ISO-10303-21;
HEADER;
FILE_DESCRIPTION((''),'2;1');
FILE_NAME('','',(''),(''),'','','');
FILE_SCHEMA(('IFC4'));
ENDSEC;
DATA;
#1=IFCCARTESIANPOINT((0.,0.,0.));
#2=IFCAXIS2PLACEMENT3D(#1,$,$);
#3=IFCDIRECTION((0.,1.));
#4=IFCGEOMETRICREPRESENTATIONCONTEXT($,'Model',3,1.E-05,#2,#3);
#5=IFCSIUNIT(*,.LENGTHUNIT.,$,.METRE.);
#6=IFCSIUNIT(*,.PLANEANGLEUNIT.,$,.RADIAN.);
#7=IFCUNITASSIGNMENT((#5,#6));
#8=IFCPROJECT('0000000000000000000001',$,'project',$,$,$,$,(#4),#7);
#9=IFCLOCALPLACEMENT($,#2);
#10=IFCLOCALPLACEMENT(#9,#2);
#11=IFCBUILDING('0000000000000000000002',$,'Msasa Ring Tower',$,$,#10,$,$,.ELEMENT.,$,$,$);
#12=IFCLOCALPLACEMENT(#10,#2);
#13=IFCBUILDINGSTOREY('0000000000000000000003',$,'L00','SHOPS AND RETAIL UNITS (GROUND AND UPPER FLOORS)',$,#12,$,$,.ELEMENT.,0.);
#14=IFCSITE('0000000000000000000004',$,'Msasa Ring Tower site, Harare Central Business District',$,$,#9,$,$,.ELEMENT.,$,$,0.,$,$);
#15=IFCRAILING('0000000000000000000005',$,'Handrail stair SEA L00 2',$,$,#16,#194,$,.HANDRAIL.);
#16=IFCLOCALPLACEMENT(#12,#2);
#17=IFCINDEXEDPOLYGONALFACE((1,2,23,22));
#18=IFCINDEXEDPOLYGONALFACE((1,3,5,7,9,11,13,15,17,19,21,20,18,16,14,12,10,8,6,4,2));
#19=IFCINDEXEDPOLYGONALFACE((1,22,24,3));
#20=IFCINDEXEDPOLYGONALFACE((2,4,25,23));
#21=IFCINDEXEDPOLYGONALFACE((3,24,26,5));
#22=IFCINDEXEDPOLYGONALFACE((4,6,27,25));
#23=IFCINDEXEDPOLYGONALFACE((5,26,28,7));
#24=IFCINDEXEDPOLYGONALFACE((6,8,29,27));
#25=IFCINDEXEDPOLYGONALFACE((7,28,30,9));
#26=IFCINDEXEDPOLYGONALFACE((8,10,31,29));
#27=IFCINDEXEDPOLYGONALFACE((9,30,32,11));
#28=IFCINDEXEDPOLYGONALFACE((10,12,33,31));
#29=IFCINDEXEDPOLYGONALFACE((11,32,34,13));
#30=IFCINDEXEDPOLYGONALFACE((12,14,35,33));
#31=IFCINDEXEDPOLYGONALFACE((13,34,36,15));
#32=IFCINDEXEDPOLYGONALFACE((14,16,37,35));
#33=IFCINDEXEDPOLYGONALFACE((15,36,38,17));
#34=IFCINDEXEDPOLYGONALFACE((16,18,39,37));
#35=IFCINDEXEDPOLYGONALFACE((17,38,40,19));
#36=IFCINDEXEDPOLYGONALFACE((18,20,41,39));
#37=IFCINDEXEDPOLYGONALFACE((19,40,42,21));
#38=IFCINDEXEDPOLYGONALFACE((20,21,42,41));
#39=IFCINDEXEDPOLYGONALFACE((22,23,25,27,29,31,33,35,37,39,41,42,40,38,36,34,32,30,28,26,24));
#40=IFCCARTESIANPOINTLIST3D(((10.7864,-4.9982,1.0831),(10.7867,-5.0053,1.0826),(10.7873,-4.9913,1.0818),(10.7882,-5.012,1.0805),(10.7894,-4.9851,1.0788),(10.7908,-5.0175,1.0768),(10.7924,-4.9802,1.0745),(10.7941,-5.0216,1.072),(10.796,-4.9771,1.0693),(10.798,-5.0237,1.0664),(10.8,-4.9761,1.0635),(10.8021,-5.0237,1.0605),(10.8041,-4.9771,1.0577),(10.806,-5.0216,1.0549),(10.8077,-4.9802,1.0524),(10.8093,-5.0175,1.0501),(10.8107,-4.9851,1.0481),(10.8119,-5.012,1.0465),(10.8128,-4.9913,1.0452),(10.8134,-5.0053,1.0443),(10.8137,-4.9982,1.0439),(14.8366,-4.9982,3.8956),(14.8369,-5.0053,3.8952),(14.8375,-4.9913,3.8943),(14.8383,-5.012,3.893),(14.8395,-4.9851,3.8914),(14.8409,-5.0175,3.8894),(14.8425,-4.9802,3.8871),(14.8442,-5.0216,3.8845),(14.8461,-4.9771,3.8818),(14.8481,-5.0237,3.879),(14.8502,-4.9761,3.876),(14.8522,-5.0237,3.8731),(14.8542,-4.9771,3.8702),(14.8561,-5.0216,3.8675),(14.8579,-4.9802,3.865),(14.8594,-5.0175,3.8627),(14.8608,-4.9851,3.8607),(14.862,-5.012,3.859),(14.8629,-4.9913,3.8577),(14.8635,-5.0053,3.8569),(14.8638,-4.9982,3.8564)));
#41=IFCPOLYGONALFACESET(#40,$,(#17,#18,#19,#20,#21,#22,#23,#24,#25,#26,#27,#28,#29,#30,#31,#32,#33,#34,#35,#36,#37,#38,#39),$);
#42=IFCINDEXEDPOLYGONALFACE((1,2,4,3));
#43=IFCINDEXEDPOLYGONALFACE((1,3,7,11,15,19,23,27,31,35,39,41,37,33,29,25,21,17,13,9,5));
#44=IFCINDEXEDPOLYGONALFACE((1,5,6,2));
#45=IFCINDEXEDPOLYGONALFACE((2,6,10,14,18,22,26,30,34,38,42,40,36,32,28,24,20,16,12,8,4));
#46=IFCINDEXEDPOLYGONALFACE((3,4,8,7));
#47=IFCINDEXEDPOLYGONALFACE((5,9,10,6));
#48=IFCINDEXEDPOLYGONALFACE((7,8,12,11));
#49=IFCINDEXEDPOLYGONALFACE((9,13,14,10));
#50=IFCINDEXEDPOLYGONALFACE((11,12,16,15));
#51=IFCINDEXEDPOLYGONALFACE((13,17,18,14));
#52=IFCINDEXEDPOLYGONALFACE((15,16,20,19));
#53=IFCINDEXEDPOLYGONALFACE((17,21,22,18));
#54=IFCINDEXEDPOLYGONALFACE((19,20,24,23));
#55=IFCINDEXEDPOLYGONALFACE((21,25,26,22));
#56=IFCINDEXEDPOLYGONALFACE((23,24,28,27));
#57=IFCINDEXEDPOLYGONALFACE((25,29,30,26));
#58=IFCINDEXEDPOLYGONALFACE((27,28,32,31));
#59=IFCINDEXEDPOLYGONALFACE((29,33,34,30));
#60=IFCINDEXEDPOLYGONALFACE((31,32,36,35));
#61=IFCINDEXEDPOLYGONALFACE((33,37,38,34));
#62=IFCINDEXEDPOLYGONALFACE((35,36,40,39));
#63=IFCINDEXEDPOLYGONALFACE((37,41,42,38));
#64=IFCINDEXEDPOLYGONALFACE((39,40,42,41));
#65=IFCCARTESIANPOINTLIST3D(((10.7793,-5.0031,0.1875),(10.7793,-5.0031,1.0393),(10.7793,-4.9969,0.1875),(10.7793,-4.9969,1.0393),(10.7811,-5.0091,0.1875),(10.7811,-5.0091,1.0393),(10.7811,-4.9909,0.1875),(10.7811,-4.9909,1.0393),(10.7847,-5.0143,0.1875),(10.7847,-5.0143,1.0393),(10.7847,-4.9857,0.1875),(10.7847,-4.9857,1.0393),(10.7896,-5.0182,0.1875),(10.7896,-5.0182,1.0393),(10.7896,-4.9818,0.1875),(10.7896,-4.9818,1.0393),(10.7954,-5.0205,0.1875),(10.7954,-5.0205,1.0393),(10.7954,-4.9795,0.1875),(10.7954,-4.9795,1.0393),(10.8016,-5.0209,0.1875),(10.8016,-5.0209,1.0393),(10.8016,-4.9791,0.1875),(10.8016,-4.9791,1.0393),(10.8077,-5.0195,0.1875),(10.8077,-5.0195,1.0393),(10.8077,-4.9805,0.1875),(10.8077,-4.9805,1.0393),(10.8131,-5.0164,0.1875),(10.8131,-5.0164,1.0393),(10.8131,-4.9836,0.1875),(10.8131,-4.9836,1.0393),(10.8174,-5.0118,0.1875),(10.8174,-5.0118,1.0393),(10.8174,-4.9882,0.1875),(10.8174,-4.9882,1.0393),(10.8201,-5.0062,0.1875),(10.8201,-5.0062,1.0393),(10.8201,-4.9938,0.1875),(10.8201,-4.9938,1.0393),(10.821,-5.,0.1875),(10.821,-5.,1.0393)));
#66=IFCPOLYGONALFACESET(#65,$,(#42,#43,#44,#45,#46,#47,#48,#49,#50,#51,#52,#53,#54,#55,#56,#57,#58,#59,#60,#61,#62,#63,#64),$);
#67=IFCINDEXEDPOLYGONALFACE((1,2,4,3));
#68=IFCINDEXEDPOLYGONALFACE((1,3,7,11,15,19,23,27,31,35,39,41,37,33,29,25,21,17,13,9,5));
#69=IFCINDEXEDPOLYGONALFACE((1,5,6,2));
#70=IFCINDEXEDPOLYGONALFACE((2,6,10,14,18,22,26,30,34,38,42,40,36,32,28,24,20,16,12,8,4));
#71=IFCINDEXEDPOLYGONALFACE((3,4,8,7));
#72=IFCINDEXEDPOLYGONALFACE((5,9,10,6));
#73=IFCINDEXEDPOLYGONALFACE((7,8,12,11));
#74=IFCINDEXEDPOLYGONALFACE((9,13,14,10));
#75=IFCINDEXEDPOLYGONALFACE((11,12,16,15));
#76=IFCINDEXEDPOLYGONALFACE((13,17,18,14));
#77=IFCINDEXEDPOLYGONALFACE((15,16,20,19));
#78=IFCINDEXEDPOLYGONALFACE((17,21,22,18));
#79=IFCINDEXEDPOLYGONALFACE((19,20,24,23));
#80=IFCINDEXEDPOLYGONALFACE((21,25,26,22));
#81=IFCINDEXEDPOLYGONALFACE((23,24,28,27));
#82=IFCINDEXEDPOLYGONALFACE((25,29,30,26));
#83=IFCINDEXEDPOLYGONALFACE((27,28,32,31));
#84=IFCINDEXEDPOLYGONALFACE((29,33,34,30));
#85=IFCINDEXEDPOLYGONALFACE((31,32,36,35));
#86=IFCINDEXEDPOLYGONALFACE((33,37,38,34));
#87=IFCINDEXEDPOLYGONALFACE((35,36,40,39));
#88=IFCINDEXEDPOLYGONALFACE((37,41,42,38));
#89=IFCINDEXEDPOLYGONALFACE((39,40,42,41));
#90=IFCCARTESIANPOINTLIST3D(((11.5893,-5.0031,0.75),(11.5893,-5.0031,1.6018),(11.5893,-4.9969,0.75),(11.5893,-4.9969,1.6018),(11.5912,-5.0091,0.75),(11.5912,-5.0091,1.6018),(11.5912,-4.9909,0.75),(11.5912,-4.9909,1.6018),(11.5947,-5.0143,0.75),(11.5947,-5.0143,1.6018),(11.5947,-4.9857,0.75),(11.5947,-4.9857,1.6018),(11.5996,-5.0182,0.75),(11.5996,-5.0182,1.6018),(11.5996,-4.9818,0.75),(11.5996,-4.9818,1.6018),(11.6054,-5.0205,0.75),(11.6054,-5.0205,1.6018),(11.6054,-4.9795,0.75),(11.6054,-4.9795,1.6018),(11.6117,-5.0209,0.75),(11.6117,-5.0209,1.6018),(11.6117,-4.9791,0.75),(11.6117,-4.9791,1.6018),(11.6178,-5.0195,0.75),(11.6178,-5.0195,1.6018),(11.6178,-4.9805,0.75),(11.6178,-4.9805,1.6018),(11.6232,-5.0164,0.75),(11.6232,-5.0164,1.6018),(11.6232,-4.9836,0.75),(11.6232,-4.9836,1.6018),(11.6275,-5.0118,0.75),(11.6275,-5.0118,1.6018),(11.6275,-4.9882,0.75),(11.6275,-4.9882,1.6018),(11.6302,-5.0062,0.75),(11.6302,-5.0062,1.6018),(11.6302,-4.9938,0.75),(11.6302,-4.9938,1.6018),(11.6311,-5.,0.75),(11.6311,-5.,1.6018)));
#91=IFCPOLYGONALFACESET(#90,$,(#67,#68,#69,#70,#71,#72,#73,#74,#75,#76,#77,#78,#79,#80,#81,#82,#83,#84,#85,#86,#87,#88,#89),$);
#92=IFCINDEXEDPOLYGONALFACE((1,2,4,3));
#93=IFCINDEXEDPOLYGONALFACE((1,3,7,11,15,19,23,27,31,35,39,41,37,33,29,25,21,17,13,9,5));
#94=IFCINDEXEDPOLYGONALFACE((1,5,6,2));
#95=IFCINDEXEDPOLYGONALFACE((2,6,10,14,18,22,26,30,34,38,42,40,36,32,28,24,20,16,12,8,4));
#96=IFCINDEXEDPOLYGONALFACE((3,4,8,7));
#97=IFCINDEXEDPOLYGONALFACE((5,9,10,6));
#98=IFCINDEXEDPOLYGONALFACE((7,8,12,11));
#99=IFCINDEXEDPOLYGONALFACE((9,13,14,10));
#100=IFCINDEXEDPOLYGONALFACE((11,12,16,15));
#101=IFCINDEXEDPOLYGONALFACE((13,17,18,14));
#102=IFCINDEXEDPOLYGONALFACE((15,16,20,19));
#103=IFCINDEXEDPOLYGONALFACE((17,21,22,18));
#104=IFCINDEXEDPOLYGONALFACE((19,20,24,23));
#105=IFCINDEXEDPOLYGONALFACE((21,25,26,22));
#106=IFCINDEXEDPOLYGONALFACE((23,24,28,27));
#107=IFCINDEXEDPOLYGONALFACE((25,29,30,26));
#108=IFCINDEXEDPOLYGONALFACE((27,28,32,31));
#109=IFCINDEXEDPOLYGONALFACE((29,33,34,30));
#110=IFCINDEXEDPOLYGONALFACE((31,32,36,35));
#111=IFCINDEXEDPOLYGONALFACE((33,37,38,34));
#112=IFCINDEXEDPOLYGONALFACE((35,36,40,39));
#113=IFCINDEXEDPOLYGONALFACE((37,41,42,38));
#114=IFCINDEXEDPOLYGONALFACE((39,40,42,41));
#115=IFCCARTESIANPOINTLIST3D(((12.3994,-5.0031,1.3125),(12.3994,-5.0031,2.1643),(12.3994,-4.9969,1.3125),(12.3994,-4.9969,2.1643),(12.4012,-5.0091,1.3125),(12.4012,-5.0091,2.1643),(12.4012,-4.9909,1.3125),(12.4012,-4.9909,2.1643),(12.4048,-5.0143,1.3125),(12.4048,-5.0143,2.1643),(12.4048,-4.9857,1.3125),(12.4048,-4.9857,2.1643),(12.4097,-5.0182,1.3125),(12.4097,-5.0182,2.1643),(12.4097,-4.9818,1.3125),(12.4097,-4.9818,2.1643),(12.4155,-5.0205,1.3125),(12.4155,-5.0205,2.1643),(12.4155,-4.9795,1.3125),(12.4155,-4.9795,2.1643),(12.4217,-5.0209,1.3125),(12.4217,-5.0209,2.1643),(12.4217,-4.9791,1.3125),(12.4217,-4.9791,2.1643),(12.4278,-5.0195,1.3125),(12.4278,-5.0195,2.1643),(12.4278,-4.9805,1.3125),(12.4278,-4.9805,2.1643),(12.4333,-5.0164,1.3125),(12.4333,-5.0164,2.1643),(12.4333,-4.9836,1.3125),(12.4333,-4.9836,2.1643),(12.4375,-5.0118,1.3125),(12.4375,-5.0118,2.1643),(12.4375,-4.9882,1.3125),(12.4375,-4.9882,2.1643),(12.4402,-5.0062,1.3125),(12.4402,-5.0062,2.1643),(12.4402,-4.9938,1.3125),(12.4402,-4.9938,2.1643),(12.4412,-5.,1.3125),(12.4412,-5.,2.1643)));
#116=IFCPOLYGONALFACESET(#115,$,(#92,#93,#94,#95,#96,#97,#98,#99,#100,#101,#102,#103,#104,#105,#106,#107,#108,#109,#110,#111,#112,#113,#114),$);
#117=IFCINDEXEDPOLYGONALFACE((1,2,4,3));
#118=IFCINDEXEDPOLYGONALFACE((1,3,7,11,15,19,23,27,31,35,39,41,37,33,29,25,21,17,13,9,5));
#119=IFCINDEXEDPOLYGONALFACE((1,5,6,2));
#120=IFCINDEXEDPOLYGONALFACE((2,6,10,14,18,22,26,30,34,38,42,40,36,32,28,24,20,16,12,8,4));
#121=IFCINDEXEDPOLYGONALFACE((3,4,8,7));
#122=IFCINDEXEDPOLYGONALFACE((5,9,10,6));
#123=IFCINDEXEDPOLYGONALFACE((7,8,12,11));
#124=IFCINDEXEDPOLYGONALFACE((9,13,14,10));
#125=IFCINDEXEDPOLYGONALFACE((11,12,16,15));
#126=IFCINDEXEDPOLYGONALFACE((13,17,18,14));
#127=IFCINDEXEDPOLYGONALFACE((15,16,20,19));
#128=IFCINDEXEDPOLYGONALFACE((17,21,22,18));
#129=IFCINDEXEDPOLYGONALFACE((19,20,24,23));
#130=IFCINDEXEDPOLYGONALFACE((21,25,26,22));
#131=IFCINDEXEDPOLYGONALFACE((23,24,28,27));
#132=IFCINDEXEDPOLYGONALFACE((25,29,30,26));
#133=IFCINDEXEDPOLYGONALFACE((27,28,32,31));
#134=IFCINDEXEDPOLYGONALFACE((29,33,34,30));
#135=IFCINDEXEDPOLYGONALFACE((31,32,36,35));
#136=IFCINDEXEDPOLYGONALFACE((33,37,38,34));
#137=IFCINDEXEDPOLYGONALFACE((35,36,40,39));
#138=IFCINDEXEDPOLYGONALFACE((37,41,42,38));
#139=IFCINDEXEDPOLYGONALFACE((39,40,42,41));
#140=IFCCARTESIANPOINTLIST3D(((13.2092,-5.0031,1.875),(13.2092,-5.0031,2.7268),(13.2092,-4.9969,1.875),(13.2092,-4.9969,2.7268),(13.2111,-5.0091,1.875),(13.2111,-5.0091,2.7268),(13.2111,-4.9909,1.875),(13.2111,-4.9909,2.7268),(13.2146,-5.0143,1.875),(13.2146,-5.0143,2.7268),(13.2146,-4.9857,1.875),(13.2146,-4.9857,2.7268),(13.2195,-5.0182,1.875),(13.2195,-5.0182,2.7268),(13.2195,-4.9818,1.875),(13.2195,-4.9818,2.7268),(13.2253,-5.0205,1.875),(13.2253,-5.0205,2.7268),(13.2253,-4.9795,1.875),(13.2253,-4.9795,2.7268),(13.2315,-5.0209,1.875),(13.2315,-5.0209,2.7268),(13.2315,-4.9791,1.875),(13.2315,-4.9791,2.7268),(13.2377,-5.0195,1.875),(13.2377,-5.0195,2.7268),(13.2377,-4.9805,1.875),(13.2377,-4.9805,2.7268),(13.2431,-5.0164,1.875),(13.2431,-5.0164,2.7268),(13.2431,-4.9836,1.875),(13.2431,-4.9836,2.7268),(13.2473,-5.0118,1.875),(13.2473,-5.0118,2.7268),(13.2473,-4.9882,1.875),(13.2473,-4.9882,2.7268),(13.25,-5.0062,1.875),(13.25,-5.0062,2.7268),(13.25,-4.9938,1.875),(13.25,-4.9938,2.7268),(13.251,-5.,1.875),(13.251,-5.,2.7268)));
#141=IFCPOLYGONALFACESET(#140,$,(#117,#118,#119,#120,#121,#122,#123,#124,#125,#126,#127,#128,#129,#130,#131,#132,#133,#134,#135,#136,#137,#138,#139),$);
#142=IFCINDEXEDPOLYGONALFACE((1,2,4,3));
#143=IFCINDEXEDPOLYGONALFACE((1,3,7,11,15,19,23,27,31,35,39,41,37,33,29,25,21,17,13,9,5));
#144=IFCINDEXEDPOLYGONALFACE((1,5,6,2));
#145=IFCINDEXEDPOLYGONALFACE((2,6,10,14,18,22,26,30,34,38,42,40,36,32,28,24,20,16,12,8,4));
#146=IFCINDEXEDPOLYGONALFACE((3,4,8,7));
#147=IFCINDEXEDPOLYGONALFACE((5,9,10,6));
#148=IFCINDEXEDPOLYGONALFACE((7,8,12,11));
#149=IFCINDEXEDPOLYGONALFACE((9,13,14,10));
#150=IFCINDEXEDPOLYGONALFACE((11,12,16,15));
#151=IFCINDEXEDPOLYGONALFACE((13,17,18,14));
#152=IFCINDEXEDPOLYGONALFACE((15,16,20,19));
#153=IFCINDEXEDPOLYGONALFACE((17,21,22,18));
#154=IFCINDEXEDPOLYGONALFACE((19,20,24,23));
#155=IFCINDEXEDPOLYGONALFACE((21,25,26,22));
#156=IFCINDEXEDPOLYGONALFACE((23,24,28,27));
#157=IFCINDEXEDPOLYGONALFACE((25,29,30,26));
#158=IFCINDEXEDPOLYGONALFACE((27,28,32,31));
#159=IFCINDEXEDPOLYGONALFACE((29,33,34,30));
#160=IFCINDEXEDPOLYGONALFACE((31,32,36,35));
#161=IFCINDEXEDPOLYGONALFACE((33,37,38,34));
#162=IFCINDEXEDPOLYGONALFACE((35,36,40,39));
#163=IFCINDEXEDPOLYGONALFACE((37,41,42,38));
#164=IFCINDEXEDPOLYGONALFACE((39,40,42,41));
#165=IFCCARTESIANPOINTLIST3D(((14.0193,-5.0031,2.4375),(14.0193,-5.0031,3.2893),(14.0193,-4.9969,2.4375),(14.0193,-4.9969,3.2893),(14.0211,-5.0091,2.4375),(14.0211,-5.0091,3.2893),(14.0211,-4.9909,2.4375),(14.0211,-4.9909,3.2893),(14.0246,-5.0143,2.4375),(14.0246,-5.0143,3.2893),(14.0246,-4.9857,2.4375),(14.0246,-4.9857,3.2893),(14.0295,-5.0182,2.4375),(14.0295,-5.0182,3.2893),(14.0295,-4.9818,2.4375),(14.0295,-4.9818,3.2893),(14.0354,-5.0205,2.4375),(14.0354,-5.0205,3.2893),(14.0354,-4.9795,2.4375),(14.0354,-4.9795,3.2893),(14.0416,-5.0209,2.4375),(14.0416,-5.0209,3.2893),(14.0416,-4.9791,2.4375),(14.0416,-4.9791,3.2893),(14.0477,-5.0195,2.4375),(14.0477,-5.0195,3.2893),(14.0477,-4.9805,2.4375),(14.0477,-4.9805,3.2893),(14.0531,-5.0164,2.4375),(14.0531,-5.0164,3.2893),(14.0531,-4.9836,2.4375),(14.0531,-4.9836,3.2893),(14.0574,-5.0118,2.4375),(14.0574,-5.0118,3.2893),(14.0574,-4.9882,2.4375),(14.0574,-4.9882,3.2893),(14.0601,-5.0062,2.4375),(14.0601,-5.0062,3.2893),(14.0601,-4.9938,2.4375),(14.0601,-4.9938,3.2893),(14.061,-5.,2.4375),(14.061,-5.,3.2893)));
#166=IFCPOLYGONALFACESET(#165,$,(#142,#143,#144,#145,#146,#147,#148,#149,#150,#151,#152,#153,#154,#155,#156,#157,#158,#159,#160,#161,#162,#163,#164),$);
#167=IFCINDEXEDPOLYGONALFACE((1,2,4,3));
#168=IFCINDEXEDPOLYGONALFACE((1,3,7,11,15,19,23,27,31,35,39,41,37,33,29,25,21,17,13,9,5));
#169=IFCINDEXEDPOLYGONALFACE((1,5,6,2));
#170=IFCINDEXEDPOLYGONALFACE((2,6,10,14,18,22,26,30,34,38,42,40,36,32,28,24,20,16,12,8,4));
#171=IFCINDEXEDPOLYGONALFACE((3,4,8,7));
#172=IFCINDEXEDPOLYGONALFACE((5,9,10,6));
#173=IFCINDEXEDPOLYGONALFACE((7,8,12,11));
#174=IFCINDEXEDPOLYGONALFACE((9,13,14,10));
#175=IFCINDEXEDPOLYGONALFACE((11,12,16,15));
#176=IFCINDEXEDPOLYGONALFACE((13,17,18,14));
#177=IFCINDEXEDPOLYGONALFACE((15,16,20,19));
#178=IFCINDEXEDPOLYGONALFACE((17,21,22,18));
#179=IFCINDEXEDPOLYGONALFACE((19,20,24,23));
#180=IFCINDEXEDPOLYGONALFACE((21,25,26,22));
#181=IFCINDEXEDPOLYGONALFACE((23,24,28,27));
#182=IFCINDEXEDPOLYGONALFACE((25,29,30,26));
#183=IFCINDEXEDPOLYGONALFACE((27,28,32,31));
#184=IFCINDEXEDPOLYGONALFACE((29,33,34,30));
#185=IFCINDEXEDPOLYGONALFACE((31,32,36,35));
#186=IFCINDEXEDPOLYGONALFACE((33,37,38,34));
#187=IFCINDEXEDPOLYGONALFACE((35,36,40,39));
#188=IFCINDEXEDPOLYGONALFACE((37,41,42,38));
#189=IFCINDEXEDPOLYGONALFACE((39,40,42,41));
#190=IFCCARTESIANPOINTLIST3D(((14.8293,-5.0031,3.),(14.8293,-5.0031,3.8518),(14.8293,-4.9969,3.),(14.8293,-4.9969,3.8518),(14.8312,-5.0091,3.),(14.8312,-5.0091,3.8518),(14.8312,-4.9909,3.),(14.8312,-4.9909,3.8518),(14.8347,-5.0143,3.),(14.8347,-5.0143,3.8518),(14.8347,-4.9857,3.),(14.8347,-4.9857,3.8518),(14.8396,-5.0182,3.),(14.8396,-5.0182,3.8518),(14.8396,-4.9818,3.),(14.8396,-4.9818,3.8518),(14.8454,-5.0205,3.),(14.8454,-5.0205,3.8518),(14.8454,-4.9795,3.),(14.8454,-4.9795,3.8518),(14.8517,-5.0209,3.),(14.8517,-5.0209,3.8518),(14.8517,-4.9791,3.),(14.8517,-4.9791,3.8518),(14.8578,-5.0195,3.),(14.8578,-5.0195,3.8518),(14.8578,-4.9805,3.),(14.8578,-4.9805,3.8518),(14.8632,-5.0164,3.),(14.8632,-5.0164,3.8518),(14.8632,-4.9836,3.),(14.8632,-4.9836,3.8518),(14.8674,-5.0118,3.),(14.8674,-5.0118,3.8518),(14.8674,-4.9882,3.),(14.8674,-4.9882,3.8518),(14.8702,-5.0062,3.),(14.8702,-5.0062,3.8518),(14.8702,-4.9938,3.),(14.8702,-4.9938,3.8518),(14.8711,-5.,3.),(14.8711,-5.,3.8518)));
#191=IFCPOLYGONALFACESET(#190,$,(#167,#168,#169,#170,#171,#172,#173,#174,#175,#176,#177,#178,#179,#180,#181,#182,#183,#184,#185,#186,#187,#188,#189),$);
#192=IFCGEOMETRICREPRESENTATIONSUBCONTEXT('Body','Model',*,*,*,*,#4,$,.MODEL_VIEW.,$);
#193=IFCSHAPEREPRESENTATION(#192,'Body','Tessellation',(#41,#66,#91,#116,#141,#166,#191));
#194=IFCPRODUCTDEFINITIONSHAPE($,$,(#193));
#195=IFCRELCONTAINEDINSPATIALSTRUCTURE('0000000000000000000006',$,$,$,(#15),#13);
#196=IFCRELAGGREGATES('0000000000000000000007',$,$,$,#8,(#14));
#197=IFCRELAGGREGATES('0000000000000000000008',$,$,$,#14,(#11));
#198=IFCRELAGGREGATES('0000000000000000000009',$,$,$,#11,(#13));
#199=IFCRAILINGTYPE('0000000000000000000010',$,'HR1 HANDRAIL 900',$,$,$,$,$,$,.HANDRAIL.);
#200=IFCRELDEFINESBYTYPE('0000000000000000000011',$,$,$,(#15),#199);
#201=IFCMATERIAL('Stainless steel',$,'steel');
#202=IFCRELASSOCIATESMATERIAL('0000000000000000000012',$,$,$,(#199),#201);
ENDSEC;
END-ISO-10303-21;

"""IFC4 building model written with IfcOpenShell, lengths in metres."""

from ifc_helpers import new_model, si_unit, direction, frame, origin, origin_2d, place, context, subcontext, project, spatial, circle, extrude, material, type_object, element, save


model = new_model("IFC4")

# Units and contexts
model_context = context("Model", 3, precision=1e-05, world=origin(), true_north=direction((0.0, 1.0)))
body_context = subcontext(model_context, "Body", "Model", "MODEL_VIEW")
ifc_project = project(units=[si_unit("LENGTHUNIT", "METRE"), si_unit("PLANEANGLEUNIT", "RADIAN")], contexts=[model_context])

# Site, building, storey
site_placement = place(None, origin())
site = spatial("IfcSite", under=ifc_project, at=site_placement, Name="Msasa Ring Tower site, Harare Central Business District", CompositionType="ELEMENT", RefElevation=0.0)
building_placement = place(site_placement, origin())
building = spatial("IfcBuilding", under=site, at=building_placement, Name="Msasa Ring Tower", CompositionType="ELEMENT")
storey_placement = place(building_placement, origin())
storey = spatial("IfcBuildingStorey", under=building, at=storey_placement, Name="L00", Description="SHOPS AND RETAIL UNITS (GROUND AND UPPER FLOORS)", CompositionType="ELEMENT", Elevation=0.0)

# Railing
ifc_material_1 = material(Name="Stainless steel", Category="steel")
railing_type = type_object("IfcRailingType", Name="HR1 HANDRAIL 900", PredefinedType="HANDRAIL", material=ifc_material_1)
for number, where, name in (
    (1, (10.8, -5.0, 0.1875), "Handrail stair SEA L00 2"),
):
    element("IfcRailing", number, at=place(storey_placement, frame(where)), inside=storey, type_object=railing_type, Name=name, PredefinedType="HANDRAIL", context=body_context, shape_type="SweptSolid", body=[
        extrude(circle(Radius=0.0239, at=origin_2d()), frame((0.0, 0.0, 0.876), z_axis=(0.821373, 0.0, 0.570391), x_axis=(0.0, 1.0, 0.0)), (0.0, 0.0, 1.0), 4.9309),
        extrude(circle(Radius=0.021, at=origin_2d()), origin(), (0.0, 0.0, 1.0), 0.8518),
        extrude(circle(Radius=0.021, at=origin_2d()), frame((0.8101, 0.0, 0.5625)), (0.0, 0.0, 1.0), 0.8518),
        extrude(circle(Radius=0.021, at=origin_2d()), frame((1.6201, 0.0, 1.125)), (0.0, 0.0, 1.0), 0.8518),
        extrude(circle(Radius=0.021, at=origin_2d()), frame((2.4299, 0.0, 1.6875)), (0.0, 0.0, 1.0), 0.8518),
        extrude(circle(Radius=0.021, at=origin_2d()), frame((3.24, 0.0, 2.25)), (0.0, 0.0, 1.0), 0.8518),
        extrude(circle(Radius=0.021, at=origin_2d()), frame((4.05, 0.0, 2.8125)), (0.0, 0.0, 1.0), 0.8518),
    ])

save(model, "model.ifc")
